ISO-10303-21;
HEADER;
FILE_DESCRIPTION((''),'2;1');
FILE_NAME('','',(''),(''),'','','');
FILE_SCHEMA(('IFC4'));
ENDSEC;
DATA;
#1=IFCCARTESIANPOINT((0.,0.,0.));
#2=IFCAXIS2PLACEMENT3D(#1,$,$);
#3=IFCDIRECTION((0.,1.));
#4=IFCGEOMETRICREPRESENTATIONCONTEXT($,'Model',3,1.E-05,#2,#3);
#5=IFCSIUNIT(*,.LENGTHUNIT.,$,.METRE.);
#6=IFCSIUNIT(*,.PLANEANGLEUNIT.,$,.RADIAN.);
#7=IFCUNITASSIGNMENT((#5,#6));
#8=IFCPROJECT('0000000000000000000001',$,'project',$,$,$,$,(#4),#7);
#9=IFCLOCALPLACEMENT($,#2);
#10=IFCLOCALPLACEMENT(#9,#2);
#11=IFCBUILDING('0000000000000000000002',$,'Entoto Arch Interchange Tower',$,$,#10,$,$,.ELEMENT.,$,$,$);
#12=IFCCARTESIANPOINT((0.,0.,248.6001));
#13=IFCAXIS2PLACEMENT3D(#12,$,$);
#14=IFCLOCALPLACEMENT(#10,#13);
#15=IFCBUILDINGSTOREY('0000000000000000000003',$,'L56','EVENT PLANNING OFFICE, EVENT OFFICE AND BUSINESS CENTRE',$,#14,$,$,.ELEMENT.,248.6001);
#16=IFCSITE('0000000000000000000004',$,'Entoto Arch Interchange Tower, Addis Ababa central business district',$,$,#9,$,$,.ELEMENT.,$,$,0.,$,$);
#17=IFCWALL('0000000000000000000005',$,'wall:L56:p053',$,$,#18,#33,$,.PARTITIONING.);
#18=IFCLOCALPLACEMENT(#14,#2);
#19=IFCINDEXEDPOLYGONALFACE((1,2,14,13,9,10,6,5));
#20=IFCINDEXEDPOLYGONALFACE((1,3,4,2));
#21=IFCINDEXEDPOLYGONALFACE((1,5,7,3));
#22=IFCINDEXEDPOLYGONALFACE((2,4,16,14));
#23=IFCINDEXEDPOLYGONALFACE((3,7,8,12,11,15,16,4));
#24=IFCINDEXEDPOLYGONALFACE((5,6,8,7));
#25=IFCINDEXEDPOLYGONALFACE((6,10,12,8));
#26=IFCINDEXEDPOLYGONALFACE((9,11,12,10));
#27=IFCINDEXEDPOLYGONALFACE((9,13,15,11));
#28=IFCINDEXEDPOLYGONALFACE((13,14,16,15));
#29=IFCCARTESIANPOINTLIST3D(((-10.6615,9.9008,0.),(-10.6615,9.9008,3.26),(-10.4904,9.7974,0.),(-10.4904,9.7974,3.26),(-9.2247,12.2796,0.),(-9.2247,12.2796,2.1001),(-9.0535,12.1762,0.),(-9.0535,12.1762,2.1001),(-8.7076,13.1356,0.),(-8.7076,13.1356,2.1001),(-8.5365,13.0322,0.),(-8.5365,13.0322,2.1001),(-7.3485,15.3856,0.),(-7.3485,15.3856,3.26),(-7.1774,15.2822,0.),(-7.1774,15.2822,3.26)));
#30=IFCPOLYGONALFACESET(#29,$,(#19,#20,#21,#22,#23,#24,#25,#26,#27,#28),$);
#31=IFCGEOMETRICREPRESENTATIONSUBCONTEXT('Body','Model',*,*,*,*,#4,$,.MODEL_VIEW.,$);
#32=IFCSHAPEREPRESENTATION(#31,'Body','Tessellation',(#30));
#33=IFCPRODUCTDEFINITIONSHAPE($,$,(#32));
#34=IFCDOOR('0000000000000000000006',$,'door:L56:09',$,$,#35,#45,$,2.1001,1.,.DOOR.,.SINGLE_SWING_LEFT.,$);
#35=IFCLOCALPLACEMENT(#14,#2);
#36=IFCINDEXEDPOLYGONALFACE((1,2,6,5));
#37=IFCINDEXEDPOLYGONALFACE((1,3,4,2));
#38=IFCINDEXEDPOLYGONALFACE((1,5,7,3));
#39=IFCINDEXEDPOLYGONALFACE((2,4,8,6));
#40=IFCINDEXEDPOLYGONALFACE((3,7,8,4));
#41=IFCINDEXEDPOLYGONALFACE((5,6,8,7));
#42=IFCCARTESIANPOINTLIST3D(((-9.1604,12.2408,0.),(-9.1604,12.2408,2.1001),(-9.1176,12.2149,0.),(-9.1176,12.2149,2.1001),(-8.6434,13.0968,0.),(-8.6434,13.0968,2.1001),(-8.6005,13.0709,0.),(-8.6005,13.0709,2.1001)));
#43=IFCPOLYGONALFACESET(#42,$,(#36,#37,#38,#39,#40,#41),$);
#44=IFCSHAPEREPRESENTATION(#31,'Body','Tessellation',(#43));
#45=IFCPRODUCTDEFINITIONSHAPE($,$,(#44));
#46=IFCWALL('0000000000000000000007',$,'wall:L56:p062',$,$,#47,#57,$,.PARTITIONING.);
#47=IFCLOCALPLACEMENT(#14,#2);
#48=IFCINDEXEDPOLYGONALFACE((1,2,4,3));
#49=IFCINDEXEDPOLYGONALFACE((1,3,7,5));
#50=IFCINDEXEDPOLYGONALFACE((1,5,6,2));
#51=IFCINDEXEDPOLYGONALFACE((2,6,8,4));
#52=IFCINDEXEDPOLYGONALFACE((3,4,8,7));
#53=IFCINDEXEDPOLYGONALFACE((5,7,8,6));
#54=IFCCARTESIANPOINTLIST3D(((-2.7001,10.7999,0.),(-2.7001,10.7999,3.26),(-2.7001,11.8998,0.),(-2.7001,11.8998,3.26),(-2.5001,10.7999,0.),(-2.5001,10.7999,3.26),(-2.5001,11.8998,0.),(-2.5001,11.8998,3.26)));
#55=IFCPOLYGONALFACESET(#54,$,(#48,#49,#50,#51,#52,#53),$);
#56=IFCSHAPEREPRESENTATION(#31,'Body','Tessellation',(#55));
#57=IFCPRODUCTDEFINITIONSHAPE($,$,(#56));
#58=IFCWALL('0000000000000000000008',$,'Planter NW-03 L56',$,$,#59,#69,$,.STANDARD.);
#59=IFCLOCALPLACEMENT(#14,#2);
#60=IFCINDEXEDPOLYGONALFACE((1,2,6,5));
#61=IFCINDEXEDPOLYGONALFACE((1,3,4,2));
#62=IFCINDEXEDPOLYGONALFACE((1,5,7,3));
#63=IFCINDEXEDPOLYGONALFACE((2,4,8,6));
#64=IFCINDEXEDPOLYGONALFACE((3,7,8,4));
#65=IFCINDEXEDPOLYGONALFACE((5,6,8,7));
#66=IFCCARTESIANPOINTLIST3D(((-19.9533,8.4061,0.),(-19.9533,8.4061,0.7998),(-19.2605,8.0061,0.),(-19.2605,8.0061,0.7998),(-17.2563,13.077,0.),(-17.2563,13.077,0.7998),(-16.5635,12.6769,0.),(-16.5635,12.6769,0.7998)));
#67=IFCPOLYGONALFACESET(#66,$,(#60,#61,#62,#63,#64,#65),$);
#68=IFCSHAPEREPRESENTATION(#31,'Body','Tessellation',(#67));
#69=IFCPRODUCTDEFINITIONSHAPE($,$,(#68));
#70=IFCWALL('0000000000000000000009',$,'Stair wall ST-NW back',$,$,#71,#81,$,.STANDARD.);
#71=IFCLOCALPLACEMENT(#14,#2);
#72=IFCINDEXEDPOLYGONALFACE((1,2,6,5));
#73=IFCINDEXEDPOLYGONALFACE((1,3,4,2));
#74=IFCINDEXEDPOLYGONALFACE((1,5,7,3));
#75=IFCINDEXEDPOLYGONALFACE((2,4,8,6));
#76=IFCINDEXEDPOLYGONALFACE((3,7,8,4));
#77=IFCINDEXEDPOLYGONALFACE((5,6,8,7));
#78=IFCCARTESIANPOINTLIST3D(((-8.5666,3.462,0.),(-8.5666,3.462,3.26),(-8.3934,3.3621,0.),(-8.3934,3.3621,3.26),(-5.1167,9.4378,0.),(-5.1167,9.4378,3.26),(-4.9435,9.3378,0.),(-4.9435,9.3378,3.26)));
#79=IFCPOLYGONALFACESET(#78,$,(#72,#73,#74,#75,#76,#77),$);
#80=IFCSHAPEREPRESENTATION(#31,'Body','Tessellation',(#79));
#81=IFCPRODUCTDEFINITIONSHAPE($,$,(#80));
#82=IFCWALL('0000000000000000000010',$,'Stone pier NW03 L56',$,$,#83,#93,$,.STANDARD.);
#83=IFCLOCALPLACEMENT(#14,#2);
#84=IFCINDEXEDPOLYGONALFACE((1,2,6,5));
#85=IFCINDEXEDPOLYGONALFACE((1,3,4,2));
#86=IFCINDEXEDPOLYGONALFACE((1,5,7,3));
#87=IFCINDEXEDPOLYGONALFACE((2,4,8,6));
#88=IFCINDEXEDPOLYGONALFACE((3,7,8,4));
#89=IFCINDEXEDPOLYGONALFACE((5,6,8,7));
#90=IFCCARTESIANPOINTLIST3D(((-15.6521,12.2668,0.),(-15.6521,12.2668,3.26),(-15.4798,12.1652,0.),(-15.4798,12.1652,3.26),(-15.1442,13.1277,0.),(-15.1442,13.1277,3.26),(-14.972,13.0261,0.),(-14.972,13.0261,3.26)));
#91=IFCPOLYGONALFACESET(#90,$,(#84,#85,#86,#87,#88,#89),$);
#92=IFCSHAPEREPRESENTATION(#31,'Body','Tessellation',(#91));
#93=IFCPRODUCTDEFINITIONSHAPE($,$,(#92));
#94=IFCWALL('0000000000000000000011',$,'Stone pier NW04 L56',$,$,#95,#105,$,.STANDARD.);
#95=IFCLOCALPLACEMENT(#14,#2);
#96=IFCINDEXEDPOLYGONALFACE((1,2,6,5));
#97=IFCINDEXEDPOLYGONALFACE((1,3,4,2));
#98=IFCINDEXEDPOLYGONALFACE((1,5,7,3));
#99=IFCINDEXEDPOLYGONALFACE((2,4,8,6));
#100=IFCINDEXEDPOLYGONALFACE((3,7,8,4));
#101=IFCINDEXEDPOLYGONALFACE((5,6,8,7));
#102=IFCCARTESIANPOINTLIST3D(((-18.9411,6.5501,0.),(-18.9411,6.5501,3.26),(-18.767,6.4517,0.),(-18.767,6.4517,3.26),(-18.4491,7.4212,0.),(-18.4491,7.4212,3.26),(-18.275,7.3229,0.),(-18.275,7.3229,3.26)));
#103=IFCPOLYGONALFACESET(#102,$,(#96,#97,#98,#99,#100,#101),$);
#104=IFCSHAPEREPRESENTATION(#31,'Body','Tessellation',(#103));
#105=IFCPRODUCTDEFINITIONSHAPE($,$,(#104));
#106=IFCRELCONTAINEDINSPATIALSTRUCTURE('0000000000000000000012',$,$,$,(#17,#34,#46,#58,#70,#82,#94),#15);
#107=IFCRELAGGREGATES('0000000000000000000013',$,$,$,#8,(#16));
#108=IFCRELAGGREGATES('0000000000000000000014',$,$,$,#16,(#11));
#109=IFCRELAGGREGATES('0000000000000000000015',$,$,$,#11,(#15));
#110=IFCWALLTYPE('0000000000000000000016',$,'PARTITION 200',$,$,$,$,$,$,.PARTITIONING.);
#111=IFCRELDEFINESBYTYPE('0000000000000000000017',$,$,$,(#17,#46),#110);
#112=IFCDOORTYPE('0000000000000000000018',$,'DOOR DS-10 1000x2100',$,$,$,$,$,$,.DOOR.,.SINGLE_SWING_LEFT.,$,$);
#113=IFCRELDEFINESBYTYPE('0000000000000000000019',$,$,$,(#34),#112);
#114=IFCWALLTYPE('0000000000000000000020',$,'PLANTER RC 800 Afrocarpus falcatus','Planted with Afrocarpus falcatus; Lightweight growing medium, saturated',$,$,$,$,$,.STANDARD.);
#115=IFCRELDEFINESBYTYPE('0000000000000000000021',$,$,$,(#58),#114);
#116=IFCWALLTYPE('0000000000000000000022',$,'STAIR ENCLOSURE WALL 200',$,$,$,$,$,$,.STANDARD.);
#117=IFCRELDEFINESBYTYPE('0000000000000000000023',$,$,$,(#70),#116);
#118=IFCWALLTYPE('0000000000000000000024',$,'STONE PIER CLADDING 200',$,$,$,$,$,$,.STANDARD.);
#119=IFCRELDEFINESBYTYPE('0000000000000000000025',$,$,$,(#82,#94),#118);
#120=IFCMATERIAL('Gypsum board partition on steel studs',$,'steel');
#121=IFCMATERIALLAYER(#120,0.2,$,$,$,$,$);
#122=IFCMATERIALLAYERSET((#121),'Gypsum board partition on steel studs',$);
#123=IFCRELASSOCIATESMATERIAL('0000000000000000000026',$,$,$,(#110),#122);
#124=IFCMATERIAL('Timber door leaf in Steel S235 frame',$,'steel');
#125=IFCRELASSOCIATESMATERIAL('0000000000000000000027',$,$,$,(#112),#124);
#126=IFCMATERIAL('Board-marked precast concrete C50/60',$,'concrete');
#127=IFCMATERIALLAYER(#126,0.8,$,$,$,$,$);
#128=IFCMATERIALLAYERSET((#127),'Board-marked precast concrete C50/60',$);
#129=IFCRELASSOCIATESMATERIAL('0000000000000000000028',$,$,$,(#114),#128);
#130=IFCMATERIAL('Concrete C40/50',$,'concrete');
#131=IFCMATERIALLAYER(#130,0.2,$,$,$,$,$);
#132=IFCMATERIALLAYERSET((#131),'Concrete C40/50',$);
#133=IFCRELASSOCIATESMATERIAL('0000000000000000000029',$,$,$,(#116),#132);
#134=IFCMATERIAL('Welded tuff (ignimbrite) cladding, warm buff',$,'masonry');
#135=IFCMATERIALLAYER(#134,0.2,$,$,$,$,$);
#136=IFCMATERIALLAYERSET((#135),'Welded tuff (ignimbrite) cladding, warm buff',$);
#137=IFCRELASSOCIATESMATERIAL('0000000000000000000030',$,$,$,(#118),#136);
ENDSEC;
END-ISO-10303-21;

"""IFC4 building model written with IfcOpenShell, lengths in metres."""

from ifc_helpers import new_model, si_unit, direction, frame, frame_2d, origin, place, context, subcontext, project, spatial, rectangle, extrude, material, layer, layer_set, type_object, element, fill, save


model = new_model("IFC4")

# Units and contexts
model_context = context("Model", 3, precision=1e-05, world=origin(), true_north=direction((0.0, 1.0)))
body_context = subcontext(model_context, "Body", "Model", "MODEL_VIEW")
ifc_project = project(units=[si_unit("LENGTHUNIT", "METRE"), si_unit("PLANEANGLEUNIT", "RADIAN")], contexts=[model_context])

# Site, building, storey
site_placement = place(None, origin())
site = spatial("IfcSite", under=ifc_project, at=site_placement, Name="Entoto Arch Interchange Tower, Addis Ababa central business district", CompositionType="ELEMENT", RefElevation=0.0)
building_placement = place(site_placement, origin())
building = spatial("IfcBuilding", under=site, at=building_placement, Name="Entoto Arch Interchange Tower", CompositionType="ELEMENT")
storey_placement = place(building_placement, frame((0.0, 0.0, 248.6001)))
storey = spatial("IfcBuildingStorey", under=building, at=storey_placement, Name="L56", Description="EVENT PLANNING OFFICE, EVENT OFFICE AND BUSINESS CENTRE", CompositionType="ELEMENT", Elevation=248.6001)

# Shared definitions
ifc_material_1 = material(Name="Concrete C40/50", Category="concrete")

# Shared definitions
ifc_material_2 = material(Name="Gypsum board partition on steel studs", Category="steel")
ifc_layer_1 = layer(ifc_material_2, 0.2)
ifc_layer_set_1 = layer_set([ifc_layer_1], Name="Gypsum board partition on steel studs")
wall_type_1 = type_object("IfcWallType", Name="PARTITION 200", PredefinedType="PARTITIONING", material=ifc_layer_set_1)

# Shared definitions
ifc_material_3 = material(Name="Timber door leaf in Steel S235 frame", Category="steel")
door_type_1 = type_object("IfcDoorType", Name="DOOR DS-10 1000x2100", OperationType="SINGLE_SWING_LEFT", PredefinedType="DOOR", material=ifc_material_3)

# Wall, opening, door
wall_1_placement = place(storey_placement, frame((-10.5759, 9.8491, 0.0), z_axis=(0.0, 0.0, 1.0), x_axis=(0.517026, 0.85597, 0.0)))
wall_1 = element("IfcWall", 1, at=wall_1_placement, inside=storey, type_object=wall_type_1, Name="wall:L56:p053", PredefinedType="PARTITIONING", context=body_context, shape_type="SweptSolid", body=[
    extrude(rectangle(XDim=6.4077, YDim=0.2, at=frame_2d((3.2039, 0.0))), origin(), (0.0, 0.0, 1.0), 3.26),
])
opening_1_placement = place(wall_1_placement, frame((2.7791, 0.0, 0.0)))
opening_1 = element("IfcOpeningElement", 2, at=opening_1_placement, cuts=wall_1, PredefinedType="OPENING", context=body_context, shape_type="SweptSolid", body=[
    extrude(rectangle(XDim=1.0, YDim=2.1001, at=frame_2d((0.5, 1.05))), frame((0.0, 0.1099, 0.0), z_axis=(0.0, -1.0, 0.0), x_axis=(1.0, 0.0, 0.0)), (0.0, 0.0, 1.0), 0.22),
])
door_1_placement = place(opening_1_placement, origin())
door_1 = element("IfcDoor", 3, at=door_1_placement, inside=storey, type_object=door_type_1, Name="door:L56:09", OperationType="SINGLE_SWING_LEFT", OverallHeight=2.1001, OverallWidth=1.0, PredefinedType="DOOR", context=body_context, shape_type="SweptSolid", body=[
    extrude(rectangle(XDim=1.0, YDim=2.1001, at=frame_2d((0.5, 1.05))), frame((0.0, 0.0249, 0.0), z_axis=(0.0, -1.0, 0.0), x_axis=(1.0, 0.0, 0.0)), (0.0, 0.0, 1.0), 0.05),
])
fill(opening_1, door_1)

# Walls
wall_2_placement = place(storey_placement, frame((-2.6001, 10.8, 0.0), z_axis=(0.0, 0.0, 1.0), x_axis=(0.0, 1.0, 0.0)))
element("IfcWall", 4, at=wall_2_placement, inside=storey, type_object=wall_type_1, Name="wall:L56:p062", PredefinedType="PARTITIONING", context=body_context, shape_type="SweptSolid", body=[
    extrude(rectangle(XDim=1.0999, YDim=0.2, at=frame_2d((0.5498, 0.0))), origin(), (0.0, 0.0, 1.0), 3.26),
])
ifc_material_4 = material(Name="Board-marked precast concrete C50/60", Category="concrete")
ifc_layer_2 = layer(ifc_material_4, 0.8)
ifc_layer_set_2 = layer_set([ifc_layer_2], Name="Board-marked precast concrete C50/60")
wall_type_2 = type_object("IfcWallType", Name="PLANTER RC 800 Afrocarpus falcatus", Description="Planted with Afrocarpus falcatus; Lightweight growing medium, saturated", PredefinedType="STANDARD", material=ifc_layer_set_2)
wall_3_placement = place(storey_placement, frame((-16.9099, 12.877, 0.0), z_axis=(0.0, 0.0, 1.0), x_axis=(-0.500039, -0.866003, 0.0)))
element("IfcWall", 5, at=wall_3_placement, inside=storey, type_object=wall_type_2, Name="Planter NW-03 L56", PredefinedType="STANDARD", context=body_context, shape_type="SweptSolid", body=[
    extrude(rectangle(XDim=5.3936, YDim=0.8, at=frame_2d((2.6968, 0.0))), origin(), (0.0, 0.0, 1.0), 0.7998),
])
ifc_layer_3 = layer(ifc_material_1, 0.2)
ifc_layer_set_3 = layer_set([ifc_layer_3], Name="Concrete C40/50")
wall_type_3 = type_object("IfcWallType", Name="STAIR ENCLOSURE WALL 200", PredefinedType="STANDARD", material=ifc_layer_set_3)
wall_4_placement = place(storey_placement, frame((-5.03, 9.3879, 0.0), z_axis=(0.0, 0.0, 1.0), x_axis=(-0.499979, -0.866038, 0.0)))
element("IfcWall", 6, at=wall_4_placement, inside=storey, type_object=wall_type_3, Name="Stair wall ST-NW back", PredefinedType="STANDARD", context=body_context, shape_type="SweptSolid", body=[
    extrude(rectangle(XDim=6.9001, YDim=0.2, at=frame_2d((3.4502, 0.0))), origin(), (0.0, 0.0, 1.0), 3.26),
])

# Shared definitions
ifc_material_5 = material(Name="Welded tuff (ignimbrite) cladding, warm buff", Category="masonry")

# Walls
ifc_layer_4 = layer(ifc_material_5, 0.2)
ifc_layer_set_4 = layer_set([ifc_layer_4], Name="Welded tuff (ignimbrite) cladding, warm buff")
wall_type_4 = type_object("IfcWallType", Name="STONE PIER CLADDING 200", PredefinedType="STANDARD", material=ifc_layer_set_4)
wall_5_placement = place(storey_placement, frame((-15.0581, 13.0769, 0.0), z_axis=(0.0, 0.0, 1.0), x_axis=(-0.508087, -0.861306, 0.0)))
element("IfcWall", 7, at=wall_5_placement, inside=storey, type_object=wall_type_4, Name="Stone pier NW03 L56", PredefinedType="STANDARD", context=body_context, shape_type="SweptSolid", body=[
    extrude(rectangle(XDim=0.9995, YDim=0.2, at=frame_2d((0.4998, 0.0))), origin(), (0.0, 0.0, 1.0), 3.26),
])
wall_6_placement = place(storey_placement, frame((-18.3621, 7.3721, 0.0), z_axis=(0.0, 0.0, 1.0), x_axis=(-0.491744, -0.87074, 0.0)))
element("IfcWall", 8, at=wall_6_placement, inside=storey, type_object=wall_type_4, Name="Stone pier NW04 L56", PredefinedType="STANDARD", context=body_context, shape_type="SweptSolid", body=[
    extrude(rectangle(XDim=1.0005, YDim=0.2, at=frame_2d((0.5002, 0.0))), origin(), (0.0, 0.0, 1.0), 3.26),
])

save(model, "model.ifc")
